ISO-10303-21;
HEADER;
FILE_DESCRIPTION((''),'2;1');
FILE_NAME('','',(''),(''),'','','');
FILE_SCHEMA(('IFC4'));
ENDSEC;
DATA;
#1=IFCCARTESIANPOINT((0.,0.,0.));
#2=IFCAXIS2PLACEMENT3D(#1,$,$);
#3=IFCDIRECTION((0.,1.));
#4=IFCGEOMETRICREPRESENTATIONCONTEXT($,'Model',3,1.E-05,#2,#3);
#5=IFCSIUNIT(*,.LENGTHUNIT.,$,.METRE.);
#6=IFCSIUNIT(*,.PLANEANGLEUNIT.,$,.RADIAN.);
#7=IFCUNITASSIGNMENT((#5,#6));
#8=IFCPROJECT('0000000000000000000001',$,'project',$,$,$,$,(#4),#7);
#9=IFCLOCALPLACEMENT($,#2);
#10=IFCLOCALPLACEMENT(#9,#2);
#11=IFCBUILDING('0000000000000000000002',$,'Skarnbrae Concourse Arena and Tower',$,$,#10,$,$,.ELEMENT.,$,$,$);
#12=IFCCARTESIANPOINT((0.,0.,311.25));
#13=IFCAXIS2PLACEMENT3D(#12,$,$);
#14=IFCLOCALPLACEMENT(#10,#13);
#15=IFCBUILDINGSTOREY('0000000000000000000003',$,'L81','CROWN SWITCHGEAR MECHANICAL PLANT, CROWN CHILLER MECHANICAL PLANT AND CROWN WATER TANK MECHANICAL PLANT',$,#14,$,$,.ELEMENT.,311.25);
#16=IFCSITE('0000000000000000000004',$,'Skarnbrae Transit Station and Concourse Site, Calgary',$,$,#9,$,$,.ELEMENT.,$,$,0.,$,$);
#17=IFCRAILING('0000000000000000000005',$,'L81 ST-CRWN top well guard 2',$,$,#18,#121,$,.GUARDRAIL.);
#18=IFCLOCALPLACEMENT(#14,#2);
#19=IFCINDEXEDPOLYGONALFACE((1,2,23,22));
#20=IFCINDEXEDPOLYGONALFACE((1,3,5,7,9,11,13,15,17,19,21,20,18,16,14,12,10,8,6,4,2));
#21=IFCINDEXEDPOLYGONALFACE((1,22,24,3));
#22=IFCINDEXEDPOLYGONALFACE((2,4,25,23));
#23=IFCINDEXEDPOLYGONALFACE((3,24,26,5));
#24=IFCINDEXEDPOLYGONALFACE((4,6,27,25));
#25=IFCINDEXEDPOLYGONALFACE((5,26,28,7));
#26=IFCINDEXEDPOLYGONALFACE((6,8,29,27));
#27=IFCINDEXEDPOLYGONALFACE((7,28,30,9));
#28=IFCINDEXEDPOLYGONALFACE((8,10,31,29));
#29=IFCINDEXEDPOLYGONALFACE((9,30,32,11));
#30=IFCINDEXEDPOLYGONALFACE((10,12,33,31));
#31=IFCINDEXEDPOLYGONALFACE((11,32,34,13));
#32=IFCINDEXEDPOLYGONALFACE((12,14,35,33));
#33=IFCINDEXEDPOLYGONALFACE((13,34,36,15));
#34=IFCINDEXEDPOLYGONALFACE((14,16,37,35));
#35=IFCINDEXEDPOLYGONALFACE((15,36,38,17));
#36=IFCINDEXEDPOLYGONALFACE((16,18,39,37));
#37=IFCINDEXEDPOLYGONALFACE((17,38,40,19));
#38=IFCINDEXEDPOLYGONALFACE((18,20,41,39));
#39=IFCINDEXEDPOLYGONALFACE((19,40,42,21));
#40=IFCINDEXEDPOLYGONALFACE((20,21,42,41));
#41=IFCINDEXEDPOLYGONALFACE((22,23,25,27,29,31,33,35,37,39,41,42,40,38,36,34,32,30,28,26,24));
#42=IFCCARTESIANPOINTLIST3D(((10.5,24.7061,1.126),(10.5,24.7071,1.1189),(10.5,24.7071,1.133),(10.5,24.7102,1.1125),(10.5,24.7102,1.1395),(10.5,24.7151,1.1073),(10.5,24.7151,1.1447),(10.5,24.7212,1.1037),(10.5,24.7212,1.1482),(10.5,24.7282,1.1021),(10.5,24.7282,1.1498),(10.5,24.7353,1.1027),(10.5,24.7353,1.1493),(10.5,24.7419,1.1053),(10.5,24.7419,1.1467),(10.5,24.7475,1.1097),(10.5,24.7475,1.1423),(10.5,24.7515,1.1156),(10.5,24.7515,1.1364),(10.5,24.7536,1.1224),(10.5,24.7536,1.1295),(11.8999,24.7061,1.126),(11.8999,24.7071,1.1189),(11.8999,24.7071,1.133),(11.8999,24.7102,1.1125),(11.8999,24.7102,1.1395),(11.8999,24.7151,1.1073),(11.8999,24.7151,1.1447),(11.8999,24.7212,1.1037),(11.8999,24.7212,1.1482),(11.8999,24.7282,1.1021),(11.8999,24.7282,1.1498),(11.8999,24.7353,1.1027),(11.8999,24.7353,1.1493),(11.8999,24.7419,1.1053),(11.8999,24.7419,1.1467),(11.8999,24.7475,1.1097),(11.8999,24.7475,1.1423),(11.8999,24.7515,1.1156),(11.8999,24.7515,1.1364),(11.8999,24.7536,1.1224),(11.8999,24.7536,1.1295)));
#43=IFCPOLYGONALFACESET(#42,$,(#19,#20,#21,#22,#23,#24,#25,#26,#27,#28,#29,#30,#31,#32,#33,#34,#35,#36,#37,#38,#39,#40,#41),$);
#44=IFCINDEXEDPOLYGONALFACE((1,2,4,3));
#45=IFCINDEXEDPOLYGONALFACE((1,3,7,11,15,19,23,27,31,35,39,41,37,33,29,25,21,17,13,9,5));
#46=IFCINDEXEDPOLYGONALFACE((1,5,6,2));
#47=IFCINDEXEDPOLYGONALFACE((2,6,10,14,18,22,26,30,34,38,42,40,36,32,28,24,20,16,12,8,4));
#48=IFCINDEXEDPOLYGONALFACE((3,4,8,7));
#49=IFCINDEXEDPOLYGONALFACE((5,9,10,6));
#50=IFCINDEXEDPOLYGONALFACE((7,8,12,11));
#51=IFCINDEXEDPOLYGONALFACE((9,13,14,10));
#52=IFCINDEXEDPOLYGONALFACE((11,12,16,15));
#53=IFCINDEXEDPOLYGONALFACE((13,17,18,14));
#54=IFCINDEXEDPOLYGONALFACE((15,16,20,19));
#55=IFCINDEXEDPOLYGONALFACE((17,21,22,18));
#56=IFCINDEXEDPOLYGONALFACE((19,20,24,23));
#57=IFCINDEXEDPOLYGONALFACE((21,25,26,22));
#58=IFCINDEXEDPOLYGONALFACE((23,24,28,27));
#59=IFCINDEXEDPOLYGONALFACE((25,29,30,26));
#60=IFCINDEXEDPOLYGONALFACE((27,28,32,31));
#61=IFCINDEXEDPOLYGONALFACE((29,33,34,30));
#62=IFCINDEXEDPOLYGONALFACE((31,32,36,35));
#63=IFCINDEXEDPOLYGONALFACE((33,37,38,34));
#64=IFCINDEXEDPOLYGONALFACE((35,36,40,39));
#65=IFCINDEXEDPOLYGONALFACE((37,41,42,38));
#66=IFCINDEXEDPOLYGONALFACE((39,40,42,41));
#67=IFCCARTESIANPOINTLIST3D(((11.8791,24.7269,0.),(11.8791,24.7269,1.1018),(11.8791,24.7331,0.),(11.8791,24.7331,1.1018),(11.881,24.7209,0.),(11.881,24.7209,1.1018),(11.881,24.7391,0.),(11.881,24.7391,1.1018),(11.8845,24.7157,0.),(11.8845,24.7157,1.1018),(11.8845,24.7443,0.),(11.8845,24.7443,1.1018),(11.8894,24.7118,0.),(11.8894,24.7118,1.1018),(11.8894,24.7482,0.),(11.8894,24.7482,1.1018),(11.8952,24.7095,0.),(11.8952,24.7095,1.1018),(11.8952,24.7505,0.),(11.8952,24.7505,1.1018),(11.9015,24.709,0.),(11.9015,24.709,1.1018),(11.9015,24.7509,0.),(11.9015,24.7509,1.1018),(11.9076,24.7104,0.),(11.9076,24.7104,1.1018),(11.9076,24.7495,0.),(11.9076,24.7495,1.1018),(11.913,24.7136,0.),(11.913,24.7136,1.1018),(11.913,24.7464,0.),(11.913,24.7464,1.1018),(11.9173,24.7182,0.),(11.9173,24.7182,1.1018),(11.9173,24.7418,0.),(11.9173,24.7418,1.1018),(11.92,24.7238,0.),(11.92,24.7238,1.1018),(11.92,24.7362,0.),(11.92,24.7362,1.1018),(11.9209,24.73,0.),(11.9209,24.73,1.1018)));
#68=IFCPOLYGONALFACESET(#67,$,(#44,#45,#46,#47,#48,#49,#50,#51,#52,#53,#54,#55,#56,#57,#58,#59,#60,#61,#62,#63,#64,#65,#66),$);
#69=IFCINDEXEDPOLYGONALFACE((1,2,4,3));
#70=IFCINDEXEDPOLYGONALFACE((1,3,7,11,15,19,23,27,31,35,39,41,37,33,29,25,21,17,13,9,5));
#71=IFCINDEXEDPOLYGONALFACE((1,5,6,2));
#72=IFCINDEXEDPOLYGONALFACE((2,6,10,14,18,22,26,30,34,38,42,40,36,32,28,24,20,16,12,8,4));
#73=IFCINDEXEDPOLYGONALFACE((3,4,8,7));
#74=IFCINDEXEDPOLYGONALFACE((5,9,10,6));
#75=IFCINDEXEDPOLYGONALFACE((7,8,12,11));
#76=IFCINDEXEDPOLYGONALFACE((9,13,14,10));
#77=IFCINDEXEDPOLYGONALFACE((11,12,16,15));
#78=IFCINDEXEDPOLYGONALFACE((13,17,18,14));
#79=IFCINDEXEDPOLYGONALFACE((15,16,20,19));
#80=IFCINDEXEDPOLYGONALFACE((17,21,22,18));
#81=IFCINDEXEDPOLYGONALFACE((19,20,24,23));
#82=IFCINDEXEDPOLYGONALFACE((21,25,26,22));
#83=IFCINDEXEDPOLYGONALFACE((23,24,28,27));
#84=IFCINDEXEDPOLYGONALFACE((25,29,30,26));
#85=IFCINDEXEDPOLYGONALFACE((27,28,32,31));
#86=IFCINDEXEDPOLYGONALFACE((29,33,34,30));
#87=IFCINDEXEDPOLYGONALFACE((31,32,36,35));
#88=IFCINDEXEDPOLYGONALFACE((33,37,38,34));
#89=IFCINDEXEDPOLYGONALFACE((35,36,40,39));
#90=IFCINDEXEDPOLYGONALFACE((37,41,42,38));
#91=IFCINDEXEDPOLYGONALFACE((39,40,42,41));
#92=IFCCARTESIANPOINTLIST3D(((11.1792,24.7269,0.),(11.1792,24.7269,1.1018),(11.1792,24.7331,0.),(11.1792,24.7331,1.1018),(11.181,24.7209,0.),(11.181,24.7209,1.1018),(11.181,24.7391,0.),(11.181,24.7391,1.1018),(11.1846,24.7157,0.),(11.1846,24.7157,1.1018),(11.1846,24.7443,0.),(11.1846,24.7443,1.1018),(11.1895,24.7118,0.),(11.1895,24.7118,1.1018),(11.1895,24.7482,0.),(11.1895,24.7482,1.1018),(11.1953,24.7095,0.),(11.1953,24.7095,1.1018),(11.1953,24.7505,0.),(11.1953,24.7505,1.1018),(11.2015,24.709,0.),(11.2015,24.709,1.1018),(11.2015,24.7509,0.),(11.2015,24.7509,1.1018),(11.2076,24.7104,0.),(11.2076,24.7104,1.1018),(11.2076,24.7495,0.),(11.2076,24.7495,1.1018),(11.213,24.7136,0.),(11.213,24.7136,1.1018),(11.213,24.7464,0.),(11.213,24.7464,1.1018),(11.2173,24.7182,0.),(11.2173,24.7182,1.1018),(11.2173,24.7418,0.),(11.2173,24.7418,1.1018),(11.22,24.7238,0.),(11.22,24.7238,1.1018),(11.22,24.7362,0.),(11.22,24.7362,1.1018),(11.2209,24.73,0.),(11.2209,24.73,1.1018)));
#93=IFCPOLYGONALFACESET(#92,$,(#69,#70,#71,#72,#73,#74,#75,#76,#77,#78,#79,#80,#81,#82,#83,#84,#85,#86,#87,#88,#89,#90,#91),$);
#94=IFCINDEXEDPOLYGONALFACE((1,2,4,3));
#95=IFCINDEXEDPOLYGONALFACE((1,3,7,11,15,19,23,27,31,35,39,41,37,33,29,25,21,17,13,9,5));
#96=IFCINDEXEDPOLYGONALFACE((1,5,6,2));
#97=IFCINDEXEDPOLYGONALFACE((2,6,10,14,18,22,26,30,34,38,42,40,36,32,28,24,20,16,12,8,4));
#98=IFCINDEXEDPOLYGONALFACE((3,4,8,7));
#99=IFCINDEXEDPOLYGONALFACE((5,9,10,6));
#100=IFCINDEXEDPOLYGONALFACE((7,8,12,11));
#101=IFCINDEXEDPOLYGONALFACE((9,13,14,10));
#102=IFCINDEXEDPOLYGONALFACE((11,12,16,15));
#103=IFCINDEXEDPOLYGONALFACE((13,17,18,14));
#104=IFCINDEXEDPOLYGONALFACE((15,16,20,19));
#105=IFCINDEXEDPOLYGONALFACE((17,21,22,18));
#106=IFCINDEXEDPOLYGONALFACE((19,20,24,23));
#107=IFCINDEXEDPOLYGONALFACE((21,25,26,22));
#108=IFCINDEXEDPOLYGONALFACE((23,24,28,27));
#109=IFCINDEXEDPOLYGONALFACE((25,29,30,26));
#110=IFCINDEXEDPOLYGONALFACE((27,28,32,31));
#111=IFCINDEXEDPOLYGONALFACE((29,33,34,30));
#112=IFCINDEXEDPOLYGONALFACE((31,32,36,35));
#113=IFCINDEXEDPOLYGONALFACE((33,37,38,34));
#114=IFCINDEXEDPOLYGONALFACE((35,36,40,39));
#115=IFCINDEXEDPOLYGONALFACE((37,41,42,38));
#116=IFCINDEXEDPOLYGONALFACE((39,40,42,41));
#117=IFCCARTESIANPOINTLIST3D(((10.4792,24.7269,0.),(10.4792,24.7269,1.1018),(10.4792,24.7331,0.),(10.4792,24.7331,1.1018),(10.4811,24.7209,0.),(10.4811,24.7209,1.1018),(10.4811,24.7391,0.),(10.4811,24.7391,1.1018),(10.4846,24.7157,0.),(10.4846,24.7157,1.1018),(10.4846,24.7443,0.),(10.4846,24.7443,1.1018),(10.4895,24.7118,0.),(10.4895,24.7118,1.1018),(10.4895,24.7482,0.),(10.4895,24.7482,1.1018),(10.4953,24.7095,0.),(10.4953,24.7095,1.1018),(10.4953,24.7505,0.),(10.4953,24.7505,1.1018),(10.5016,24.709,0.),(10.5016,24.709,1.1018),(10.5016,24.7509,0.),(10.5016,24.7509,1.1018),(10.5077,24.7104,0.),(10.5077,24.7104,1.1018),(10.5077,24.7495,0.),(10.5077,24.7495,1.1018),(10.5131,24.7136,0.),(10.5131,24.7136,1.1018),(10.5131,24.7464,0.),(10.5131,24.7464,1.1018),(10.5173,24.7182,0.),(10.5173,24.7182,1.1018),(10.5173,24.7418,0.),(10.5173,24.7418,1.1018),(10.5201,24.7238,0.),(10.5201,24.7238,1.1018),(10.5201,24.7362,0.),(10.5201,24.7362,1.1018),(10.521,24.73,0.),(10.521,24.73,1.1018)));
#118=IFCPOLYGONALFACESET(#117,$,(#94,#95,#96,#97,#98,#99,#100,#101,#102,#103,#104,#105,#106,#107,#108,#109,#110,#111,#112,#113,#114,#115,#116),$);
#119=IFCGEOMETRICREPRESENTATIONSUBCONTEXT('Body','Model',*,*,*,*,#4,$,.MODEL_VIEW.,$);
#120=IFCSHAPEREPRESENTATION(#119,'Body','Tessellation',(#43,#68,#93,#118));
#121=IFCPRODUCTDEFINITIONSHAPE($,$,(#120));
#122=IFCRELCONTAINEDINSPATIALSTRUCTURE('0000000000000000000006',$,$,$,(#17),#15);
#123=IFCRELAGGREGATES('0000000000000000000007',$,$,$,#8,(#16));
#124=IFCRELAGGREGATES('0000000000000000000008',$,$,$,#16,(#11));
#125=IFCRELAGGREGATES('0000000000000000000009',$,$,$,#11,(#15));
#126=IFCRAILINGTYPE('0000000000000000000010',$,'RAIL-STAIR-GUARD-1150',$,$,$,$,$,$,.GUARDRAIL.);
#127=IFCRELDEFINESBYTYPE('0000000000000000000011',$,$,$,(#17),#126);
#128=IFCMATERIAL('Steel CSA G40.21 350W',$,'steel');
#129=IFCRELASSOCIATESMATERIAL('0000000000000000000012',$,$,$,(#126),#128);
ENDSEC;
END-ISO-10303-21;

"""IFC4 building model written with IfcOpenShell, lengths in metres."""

from ifc_helpers import new_model, si_unit, direction, frame, origin, origin_2d, place, context, subcontext, project, spatial, circle, extrude, material, type_object, element, save


model = new_model("IFC4")

# Units and contexts
model_context = context("Model", 3, precision=1e-05, world=origin(), true_north=direction((0.0, 1.0)))
body_context = subcontext(model_context, "Body", "Model", "MODEL_VIEW")
ifc_project = project(units=[si_unit("LENGTHUNIT", "METRE"), si_unit("PLANEANGLEUNIT", "RADIAN")], contexts=[model_context])

# Site, building, storey
site_placement = place(None, origin())
site = spatial("IfcSite", under=ifc_project, at=site_placement, Name="Skarnbrae Transit Station and Concourse Site, Calgary", CompositionType="ELEMENT", RefElevation=0.0)
building_placement = place(site_placement, origin())
building = spatial("IfcBuilding", under=site, at=building_placement, Name="Skarnbrae Concourse Arena and Tower", CompositionType="ELEMENT")
storey_placement = place(building_placement, frame((0.0, 0.0, 311.25)))
storey = spatial("IfcBuildingStorey", under=building, at=storey_placement, Name="L81", Description="CROWN SWITCHGEAR MECHANICAL PLANT, CROWN CHILLER MECHANICAL PLANT AND CROWN WATER TANK MECHANICAL PLANT", CompositionType="ELEMENT", Elevation=311.25)

# Shared definitions
ifc_material_1 = material(Name="Steel CSA G40.21 350W", Category="steel")

# Railing
railing_type = type_object("IfcRailingType", Name="RAIL-STAIR-GUARD-1150", PredefinedType="GUARDRAIL", material=ifc_material_1)
for number, where, name in (
    (1, (11.8999, 24.73, 0.0), "L81 ST-CRWN top well guard 2"),
):
    element("IfcRailing", number, at=place(storey_placement, frame(where)), inside=storey, type_object=railing_type, Name=name, PredefinedType="GUARDRAIL", context=body_context, shape_type="SweptSolid", body=[
        extrude(circle(Radius=0.0239, at=origin_2d()), frame((0.0, 0.0, 1.126), z_axis=(-1.0, 0.0, 0.0), x_axis=(0.0, -1.0, 0.0)), (0.0, 0.0, 1.0), 1.3999),
        extrude(circle(Radius=0.021, at=origin_2d()), origin(), (0.0, 0.0, 1.0), 1.1018),
        extrude(circle(Radius=0.021, at=origin_2d()), frame((-0.7, 0.0, 0.0)), (0.0, 0.0, 1.0), 1.1018),
        extrude(circle(Radius=0.021, at=origin_2d()), frame((-1.3999, 0.0, 0.0)), (0.0, 0.0, 1.0), 1.1018),
    ])

save(model, "model.ifc")
